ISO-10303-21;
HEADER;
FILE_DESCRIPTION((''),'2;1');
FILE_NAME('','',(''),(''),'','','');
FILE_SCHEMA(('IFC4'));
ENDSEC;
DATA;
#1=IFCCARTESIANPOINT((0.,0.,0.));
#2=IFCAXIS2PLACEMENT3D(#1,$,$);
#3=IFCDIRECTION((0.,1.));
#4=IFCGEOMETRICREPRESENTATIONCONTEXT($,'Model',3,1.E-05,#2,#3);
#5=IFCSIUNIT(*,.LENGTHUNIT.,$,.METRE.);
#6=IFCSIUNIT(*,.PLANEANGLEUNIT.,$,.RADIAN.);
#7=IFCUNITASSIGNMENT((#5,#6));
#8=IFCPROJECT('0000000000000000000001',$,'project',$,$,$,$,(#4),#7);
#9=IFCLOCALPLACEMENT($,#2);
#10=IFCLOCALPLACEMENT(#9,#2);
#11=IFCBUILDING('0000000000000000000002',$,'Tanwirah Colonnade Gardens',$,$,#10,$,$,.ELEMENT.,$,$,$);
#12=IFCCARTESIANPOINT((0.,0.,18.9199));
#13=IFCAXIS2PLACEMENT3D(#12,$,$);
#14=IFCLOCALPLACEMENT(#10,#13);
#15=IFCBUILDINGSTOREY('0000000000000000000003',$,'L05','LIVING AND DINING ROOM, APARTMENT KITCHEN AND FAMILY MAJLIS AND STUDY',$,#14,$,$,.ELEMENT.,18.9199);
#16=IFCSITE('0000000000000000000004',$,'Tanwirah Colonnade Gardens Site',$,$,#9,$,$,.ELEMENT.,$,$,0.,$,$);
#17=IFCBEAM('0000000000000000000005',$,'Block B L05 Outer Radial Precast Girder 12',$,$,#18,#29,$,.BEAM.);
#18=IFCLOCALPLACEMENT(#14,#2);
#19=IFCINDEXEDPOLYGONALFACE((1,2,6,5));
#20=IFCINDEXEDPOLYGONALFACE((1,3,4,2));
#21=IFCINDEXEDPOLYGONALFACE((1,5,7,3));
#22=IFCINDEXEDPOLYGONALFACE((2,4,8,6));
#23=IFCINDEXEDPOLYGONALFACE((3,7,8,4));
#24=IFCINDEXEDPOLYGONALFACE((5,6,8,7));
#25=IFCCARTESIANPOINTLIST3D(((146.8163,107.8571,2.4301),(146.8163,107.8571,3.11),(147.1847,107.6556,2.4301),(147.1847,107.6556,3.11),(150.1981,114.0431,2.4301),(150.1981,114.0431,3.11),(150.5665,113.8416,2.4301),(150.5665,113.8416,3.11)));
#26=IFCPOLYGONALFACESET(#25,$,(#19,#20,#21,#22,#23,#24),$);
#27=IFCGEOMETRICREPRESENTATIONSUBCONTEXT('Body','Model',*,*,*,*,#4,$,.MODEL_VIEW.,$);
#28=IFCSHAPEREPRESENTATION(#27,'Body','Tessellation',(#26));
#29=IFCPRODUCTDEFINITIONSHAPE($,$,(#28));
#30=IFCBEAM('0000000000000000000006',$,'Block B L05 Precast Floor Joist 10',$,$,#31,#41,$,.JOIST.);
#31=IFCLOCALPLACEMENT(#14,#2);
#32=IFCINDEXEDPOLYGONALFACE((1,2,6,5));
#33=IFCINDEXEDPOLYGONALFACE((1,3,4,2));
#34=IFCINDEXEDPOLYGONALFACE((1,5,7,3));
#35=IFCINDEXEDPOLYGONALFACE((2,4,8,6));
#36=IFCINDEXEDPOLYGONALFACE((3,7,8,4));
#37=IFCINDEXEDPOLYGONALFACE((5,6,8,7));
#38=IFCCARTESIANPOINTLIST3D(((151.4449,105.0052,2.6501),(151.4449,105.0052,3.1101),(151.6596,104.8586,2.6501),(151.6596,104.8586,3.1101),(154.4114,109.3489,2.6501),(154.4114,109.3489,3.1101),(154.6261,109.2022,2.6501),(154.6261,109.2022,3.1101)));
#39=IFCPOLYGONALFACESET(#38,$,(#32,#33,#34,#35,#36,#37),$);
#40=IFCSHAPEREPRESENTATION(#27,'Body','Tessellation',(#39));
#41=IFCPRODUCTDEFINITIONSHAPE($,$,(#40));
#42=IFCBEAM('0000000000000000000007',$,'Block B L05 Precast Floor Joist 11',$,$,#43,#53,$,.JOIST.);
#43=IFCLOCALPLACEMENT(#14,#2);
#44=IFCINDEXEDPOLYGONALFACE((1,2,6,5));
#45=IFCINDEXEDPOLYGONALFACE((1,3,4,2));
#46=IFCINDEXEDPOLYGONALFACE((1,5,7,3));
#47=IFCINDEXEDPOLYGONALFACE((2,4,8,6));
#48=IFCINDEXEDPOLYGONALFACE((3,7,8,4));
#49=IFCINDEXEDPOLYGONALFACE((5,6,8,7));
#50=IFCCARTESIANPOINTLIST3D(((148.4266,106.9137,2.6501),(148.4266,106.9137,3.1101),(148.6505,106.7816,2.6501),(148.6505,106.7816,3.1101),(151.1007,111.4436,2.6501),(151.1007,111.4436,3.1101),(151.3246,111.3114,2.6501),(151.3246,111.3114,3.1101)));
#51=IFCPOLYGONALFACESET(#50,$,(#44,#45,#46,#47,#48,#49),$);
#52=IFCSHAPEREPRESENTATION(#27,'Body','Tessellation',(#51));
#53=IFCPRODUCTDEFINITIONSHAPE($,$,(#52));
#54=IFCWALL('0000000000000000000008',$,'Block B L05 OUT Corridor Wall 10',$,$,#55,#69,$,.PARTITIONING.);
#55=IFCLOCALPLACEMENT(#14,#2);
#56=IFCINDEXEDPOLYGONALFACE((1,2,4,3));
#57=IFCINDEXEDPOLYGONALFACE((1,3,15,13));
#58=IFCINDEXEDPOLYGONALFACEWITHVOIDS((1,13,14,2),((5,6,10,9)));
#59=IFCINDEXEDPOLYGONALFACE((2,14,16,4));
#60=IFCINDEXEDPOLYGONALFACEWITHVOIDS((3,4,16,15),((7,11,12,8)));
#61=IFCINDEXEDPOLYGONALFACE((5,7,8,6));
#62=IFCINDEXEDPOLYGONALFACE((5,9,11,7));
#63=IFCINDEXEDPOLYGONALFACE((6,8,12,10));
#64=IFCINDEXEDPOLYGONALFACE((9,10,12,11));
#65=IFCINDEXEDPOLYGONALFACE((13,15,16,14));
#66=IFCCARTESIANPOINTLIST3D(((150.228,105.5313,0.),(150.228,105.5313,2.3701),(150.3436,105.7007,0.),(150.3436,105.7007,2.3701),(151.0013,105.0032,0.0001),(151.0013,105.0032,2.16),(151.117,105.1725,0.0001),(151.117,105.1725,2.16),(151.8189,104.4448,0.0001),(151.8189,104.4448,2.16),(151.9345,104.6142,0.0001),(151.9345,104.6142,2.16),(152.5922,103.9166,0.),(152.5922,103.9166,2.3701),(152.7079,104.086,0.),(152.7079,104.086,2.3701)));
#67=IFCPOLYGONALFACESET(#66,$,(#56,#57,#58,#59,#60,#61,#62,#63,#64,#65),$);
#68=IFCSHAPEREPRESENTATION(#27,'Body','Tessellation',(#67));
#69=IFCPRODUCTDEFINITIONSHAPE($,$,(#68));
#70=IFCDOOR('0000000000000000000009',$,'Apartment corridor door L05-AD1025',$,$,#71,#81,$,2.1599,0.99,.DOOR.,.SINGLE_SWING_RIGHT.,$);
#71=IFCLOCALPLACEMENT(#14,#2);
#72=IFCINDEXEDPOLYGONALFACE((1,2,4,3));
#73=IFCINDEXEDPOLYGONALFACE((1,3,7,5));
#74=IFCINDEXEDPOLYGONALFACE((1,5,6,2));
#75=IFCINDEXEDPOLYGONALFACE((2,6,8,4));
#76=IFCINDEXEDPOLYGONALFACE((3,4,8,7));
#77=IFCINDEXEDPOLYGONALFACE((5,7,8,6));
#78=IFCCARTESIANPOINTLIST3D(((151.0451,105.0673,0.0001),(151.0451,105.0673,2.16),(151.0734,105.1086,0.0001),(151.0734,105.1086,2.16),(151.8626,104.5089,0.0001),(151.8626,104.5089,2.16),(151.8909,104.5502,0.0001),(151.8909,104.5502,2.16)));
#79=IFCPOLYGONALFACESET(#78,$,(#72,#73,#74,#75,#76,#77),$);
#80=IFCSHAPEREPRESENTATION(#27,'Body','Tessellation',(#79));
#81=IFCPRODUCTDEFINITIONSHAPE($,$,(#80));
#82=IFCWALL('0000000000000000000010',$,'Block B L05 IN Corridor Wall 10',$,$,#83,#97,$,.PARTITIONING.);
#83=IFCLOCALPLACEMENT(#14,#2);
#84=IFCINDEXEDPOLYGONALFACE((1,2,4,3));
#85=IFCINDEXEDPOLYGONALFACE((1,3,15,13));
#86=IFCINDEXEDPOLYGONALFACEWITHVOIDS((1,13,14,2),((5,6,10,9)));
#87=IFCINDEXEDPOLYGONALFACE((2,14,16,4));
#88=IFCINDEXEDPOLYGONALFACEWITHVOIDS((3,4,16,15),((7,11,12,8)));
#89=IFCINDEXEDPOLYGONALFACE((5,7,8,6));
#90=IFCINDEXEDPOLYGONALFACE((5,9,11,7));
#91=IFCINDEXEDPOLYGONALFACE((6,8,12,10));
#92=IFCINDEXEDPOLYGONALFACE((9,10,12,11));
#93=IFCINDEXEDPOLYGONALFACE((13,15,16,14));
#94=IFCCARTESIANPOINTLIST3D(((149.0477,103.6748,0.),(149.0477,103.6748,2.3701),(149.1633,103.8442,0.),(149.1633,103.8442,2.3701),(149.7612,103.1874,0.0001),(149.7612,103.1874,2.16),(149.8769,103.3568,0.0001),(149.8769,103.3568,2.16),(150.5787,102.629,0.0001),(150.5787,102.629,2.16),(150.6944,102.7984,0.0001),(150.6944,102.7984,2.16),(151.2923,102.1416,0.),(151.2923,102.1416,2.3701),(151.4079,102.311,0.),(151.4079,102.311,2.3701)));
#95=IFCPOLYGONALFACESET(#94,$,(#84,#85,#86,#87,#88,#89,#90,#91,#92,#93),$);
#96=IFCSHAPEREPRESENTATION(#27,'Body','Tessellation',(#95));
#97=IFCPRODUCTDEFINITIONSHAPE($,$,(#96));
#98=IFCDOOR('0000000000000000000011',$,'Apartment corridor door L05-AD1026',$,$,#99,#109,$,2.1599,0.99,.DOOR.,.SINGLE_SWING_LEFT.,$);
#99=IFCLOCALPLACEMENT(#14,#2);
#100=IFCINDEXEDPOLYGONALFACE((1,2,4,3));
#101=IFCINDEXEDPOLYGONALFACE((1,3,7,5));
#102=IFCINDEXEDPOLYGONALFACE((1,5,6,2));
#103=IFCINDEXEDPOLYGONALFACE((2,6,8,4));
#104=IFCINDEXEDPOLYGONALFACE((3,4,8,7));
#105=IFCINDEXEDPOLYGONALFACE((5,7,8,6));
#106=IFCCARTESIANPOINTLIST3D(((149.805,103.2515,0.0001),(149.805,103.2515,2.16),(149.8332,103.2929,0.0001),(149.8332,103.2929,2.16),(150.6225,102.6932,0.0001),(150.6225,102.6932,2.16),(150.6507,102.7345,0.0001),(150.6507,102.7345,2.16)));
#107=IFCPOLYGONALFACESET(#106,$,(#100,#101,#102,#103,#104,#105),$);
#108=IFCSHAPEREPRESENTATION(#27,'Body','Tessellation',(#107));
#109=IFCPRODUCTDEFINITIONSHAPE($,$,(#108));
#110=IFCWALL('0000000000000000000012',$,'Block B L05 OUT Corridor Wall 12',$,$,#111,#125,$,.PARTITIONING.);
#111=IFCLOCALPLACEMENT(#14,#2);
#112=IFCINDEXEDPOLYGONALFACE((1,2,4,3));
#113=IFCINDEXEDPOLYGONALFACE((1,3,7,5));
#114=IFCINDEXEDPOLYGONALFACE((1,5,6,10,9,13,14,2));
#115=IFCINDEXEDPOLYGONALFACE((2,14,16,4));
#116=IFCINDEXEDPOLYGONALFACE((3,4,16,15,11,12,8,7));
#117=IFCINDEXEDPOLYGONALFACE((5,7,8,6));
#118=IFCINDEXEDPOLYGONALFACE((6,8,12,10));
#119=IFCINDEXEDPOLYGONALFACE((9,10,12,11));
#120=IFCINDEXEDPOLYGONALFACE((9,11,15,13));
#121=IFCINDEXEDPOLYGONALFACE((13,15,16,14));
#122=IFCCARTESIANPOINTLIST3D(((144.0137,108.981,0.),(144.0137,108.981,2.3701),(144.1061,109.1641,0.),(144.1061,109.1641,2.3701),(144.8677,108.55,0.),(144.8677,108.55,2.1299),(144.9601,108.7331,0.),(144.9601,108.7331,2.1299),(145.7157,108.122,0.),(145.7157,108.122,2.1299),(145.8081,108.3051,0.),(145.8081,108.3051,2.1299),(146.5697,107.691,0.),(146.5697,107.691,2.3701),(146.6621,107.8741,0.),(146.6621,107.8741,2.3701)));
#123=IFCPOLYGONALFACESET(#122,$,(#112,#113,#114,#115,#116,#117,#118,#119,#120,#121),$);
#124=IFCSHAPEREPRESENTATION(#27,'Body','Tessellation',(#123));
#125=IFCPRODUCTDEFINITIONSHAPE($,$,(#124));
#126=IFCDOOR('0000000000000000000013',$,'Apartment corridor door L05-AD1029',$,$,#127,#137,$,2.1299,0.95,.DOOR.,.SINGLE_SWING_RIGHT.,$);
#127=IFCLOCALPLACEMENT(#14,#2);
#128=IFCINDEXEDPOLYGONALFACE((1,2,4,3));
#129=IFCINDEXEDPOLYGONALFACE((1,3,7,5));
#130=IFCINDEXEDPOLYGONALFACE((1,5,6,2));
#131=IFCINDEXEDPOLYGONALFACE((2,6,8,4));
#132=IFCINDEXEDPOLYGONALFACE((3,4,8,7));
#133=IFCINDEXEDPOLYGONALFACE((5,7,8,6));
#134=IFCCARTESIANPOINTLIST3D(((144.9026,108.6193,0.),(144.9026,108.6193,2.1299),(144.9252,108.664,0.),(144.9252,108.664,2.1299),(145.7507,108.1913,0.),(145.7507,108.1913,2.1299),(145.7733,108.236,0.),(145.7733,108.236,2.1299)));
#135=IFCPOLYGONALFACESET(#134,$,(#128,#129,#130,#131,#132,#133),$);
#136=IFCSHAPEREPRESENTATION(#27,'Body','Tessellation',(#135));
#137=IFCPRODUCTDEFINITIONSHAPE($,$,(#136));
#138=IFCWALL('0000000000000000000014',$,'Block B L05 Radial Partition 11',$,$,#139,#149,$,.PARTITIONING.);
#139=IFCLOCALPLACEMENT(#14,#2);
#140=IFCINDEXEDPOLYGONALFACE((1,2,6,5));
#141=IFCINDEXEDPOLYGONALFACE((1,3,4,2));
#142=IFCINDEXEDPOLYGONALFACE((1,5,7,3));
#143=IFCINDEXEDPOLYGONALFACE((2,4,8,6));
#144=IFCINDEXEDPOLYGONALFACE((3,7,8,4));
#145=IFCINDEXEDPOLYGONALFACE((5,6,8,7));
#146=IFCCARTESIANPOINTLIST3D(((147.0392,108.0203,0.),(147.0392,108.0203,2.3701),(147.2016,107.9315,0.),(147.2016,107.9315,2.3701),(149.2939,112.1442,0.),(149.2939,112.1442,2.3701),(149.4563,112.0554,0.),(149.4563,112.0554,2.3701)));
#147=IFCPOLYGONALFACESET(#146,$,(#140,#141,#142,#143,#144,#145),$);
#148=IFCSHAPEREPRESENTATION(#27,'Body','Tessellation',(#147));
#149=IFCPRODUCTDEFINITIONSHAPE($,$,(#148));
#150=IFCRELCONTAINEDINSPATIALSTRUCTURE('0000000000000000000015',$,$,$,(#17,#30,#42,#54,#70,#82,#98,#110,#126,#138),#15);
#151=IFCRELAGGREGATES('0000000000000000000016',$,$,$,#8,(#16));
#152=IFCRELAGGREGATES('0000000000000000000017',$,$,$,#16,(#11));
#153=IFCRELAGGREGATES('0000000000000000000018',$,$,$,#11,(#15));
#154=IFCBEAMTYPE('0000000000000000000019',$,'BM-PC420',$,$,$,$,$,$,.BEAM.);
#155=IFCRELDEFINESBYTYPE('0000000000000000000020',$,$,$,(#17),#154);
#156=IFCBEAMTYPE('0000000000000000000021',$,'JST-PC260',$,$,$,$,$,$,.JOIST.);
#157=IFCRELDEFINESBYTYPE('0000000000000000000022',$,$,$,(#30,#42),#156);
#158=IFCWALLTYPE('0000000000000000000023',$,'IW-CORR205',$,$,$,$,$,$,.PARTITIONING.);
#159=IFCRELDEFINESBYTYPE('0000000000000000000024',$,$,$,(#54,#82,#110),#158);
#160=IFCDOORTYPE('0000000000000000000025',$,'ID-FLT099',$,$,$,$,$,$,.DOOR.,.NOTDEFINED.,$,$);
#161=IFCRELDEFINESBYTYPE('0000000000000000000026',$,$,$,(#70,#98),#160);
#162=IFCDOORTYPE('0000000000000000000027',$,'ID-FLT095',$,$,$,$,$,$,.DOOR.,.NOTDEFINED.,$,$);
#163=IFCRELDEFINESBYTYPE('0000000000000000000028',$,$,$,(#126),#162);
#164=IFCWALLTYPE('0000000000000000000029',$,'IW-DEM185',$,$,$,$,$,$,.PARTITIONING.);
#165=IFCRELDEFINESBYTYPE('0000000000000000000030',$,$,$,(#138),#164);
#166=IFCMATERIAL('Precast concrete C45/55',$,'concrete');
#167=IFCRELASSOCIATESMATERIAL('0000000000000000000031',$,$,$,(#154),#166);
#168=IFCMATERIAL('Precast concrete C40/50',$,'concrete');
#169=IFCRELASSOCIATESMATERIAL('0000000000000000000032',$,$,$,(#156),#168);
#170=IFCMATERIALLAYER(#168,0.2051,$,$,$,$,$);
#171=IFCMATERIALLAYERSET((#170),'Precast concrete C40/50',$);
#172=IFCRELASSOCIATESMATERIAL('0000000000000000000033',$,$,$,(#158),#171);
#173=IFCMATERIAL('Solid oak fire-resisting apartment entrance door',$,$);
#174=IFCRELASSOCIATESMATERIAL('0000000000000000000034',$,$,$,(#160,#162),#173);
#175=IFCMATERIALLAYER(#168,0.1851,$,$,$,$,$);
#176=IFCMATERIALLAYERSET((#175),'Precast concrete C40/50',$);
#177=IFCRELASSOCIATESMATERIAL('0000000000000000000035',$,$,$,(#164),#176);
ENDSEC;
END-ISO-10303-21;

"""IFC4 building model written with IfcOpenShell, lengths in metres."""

from ifc_helpers import new_model, si_unit, direction, frame, frame_2d, origin, origin_2d, place, context, subcontext, project, spatial, rectangle, extrude, material, layer, layer_set, material_profile, profile_set, type_object, element, fill, save


model = new_model("IFC4")

# Units and contexts
model_context = context("Model", 3, precision=1e-05, world=origin(), true_north=direction((0.0, 1.0)))
body_context = subcontext(model_context, "Body", "Model", "MODEL_VIEW")
ifc_project = project(units=[si_unit("LENGTHUNIT", "METRE"), si_unit("PLANEANGLEUNIT", "RADIAN")], contexts=[model_context])

# Site, building, storey
site_placement = place(None, origin())
site = spatial("IfcSite", under=ifc_project, at=site_placement, Name="Tanwirah Colonnade Gardens Site", CompositionType="ELEMENT", RefElevation=0.0)
building_placement = place(site_placement, origin())
building = spatial("IfcBuilding", under=site, at=building_placement, Name="Tanwirah Colonnade Gardens", CompositionType="ELEMENT")
storey_placement = place(building_placement, frame((0.0, 0.0, 18.9199)))
storey = spatial("IfcBuildingStorey", under=building, at=storey_placement, Name="L05", Description="LIVING AND DINING ROOM, APARTMENT KITCHEN AND FAMILY MAJLIS AND STUDY", CompositionType="ELEMENT", Elevation=18.9199)

# Shared definitions
ifc_material_1 = material(Name="Precast concrete C45/55", Category="concrete")

# Beams
ifc_material_2 = material(Name="Precast concrete C40/50", Category="concrete")
ifc_material_profile_1 = material_profile(ifc_material_1, rectangle(XDim=0.4199, YDim=0.6799, at=origin_2d()), Name="PC-BM 420x680")
ifc_profile_set_1 = profile_set([ifc_material_profile_1], Name="Precast concrete C45/55")
beam_type_1 = type_object("IfcBeamType", Name="BM-PC420", PredefinedType="BEAM", material=ifc_profile_set_1)
for number, where, z_axis, x_axis, name in (
    (1, (147.0005, 107.7563, 2.77), (0.479687, 0.87744, 0.0), (-0.87744, 0.479687, 0.0), "Block B L05 Outer Radial Precast Girder 12"),
):
    element("IfcBeam", number, at=place(storey_placement, frame(where, z_axis=z_axis, x_axis=x_axis)), inside=storey, type_object=beam_type_1, Name=name, PredefinedType="BEAM", context=body_context, shape_type="SweptSolid", body=[
        extrude(rectangle(XDim=0.4199, YDim=0.6799, at=origin_2d()), origin(), (0.0, 0.0, 1.0), 7.05),
    ])
ifc_material_profile_2 = material_profile(ifc_material_2, rectangle(XDim=0.26, YDim=0.46, at=origin_2d()), Name="PC-JST 260x460")
ifc_profile_set_2 = profile_set([ifc_material_profile_2], Name="Precast concrete C40/50")
beam_type_2 = type_object("IfcBeamType", Name="JST-PC260", PredefinedType="JOIST", material=ifc_profile_set_2)
beam_1_placement = place(storey_placement, frame((151.5522, 104.9319, 2.8801), z_axis=(0.563973, 0.825793, 0.0), x_axis=(-0.825793, 0.563973, 0.0)))
element("IfcBeam", 2, at=beam_1_placement, inside=storey, type_object=beam_type_2, Name="Block B L05 Precast Floor Joist 10", PredefinedType="JOIST", context=body_context, shape_type="SweptSolid", body=[
    extrude(rectangle(XDim=0.26, YDim=0.46, at=origin_2d()), origin(), (0.0, 0.0, 1.0), 5.26),
])
beam_2_placement = place(storey_placement, frame((148.5386, 106.8477, 2.8801), z_axis=(0.50836, 0.861145, 0.0), x_axis=(-0.861145, 0.50836, 0.0)))
element("IfcBeam", 3, at=beam_2_placement, inside=storey, type_object=beam_type_2, Name="Block B L05 Precast Floor Joist 11", PredefinedType="JOIST", context=body_context, shape_type="SweptSolid", body=[
    extrude(rectangle(XDim=0.26, YDim=0.46, at=origin_2d()), origin(), (0.0, 0.0, 1.0), 5.2603),
])

# Walls, openings, doors
ifc_layer_1 = layer(ifc_material_2, 0.2051)
ifc_layer_set_1 = layer_set([ifc_layer_1], Name="Precast concrete C40/50")
wall_type_1 = type_object("IfcWallType", Name="IW-CORR205", PredefinedType="PARTITIONING", material=ifc_layer_set_1)
wall_1_placement = place(storey_placement, frame((152.6501, 104.0012, 0.0), z_axis=(0.0, 0.0, 1.0), x_axis=(-0.82578, 0.563993, 0.0)))
wall_1 = element("IfcWall", 4, at=wall_1_placement, inside=storey, type_object=wall_type_1, Name="Block B L05 OUT Corridor Wall 10", PredefinedType="PARTITIONING", context=body_context, shape_type="SweptSolid", body=[
    extrude(rectangle(XDim=2.863, YDim=0.2051, at=frame_2d((1.4316, 0.0))), origin(), (0.0, 0.0, 1.0), 2.3701),
])
opening_1_placement = place(wall_1_placement, frame((0.9365, 0.0, 0.0)))
opening_1 = element("IfcOpeningElement", 5, at=opening_1_placement, cuts=wall_1, PredefinedType="OPENING", context=body_context, shape_type="SweptSolid", body=[
    extrude(rectangle(XDim=0.99, YDim=2.1599, at=frame_2d((0.4951, 1.0801))), frame((0.0, 0.1125, 0.0), z_axis=(0.0, -1.0, 0.0), x_axis=(1.0, 0.0, 0.0)), (0.0, 0.0, 1.0), 0.2251),
])
ifc_material_3 = material(Name="Solid oak fire-resisting apartment entrance door")
door_type_1 = type_object("IfcDoorType", Name="ID-FLT099", OperationType="NOTDEFINED", PredefinedType="DOOR", material=ifc_material_3)
door_1_placement = place(opening_1_placement, origin())
door_1 = element("IfcDoor", 6, at=door_1_placement, inside=storey, type_object=door_type_1, Name="Apartment corridor door L05-AD1025", OperationType="SINGLE_SWING_RIGHT", OverallHeight=2.1599, OverallWidth=0.99, PredefinedType="DOOR", context=body_context, shape_type="SweptSolid", body=[
    extrude(rectangle(XDim=0.99, YDim=2.1599, at=frame_2d((0.4951, 1.0801))), frame((0.0, 0.0249, 0.0), z_axis=(0.0, -1.0, 0.0), x_axis=(1.0, 0.0, 0.0)), (0.0, 0.0, 1.0), 0.05),
])
fill(opening_1, door_1)
wall_2_placement = place(storey_placement, frame((151.3501, 102.2263, 0.0), z_axis=(0.0, 0.0, 1.0), x_axis=(-0.825752, 0.564033, 0.0)))
wall_2 = element("IfcWall", 7, at=wall_2_placement, inside=storey, type_object=wall_type_1, Name="Block B L05 IN Corridor Wall 10", PredefinedType="PARTITIONING", context=body_context, shape_type="SweptSolid", body=[
    extrude(rectangle(XDim=2.7183, YDim=0.2051, at=frame_2d((1.3591, 0.0))), origin(), (0.0, 0.0, 1.0), 2.3701),
])
opening_2_placement = place(wall_2_placement, frame((0.864, 0.0, 0.0)))
opening_2 = element("IfcOpeningElement", 8, at=opening_2_placement, cuts=wall_2, PredefinedType="OPENING", context=body_context, shape_type="SweptSolid", body=[
    extrude(rectangle(XDim=0.99, YDim=2.1599, at=frame_2d((0.4951, 1.0801))), frame((0.0, 0.1125, 0.0), z_axis=(0.0, -1.0, 0.0), x_axis=(1.0, 0.0, 0.0)), (0.0, 0.0, 1.0), 0.2251),
])
door_2_placement = place(opening_2_placement, origin())
door_2 = element("IfcDoor", 9, at=door_2_placement, inside=storey, type_object=door_type_1, Name="Apartment corridor door L05-AD1026", OperationType="SINGLE_SWING_LEFT", OverallHeight=2.1599, OverallWidth=0.99, PredefinedType="DOOR", context=body_context, shape_type="SweptSolid", body=[
    extrude(rectangle(XDim=0.99, YDim=2.1599, at=frame_2d((0.4951, 1.0801))), frame((0.0, 0.0249, 0.0), z_axis=(0.0, -1.0, 0.0), x_axis=(1.0, 0.0, 0.0)), (0.0, 0.0, 1.0), 0.05),
])
fill(opening_2, door_2)
wall_3_placement = place(storey_placement, frame((146.616, 107.7825, 0.0), z_axis=(0.0, 0.0, 1.0), x_axis=(-0.892732, 0.450587, 0.0)))
wall_3 = element("IfcWall", 10, at=wall_3_placement, inside=storey, type_object=wall_type_1, Name="Block B L05 OUT Corridor Wall 12", PredefinedType="PARTITIONING", context=body_context, shape_type="SweptSolid", body=[
    extrude(rectangle(XDim=2.863, YDim=0.2051, at=frame_2d((1.4316, 0.0))), origin(), (0.0, 0.0, 1.0), 2.3701),
])
opening_3_placement = place(wall_3_placement, frame((0.9565, 0.0, 0.0)))
opening_3 = element("IfcOpeningElement", 11, at=opening_3_placement, cuts=wall_3, PredefinedType="OPENING", context=body_context, shape_type="SweptSolid", body=[
    extrude(rectangle(XDim=0.95, YDim=2.1299, at=frame_2d((0.4751, 1.0649))), frame((0.0, 0.1125, 0.0), z_axis=(0.0, -1.0, 0.0), x_axis=(1.0, 0.0, 0.0)), (0.0, 0.0, 1.0), 0.2251),
])
door_type_2 = type_object("IfcDoorType", Name="ID-FLT095", OperationType="NOTDEFINED", PredefinedType="DOOR", material=ifc_material_3)
door_3_placement = place(opening_3_placement, origin())
door_3 = element("IfcDoor", 12, at=door_3_placement, inside=storey, type_object=door_type_2, Name="Apartment corridor door L05-AD1029", OperationType="SINGLE_SWING_RIGHT", OverallHeight=2.1299, OverallWidth=0.95, PredefinedType="DOOR", context=body_context, shape_type="SweptSolid", body=[
    extrude(rectangle(XDim=0.95, YDim=2.1299, at=frame_2d((0.4751, 1.0649))), frame((0.0, 0.0249, 0.0), z_axis=(0.0, -1.0, 0.0), x_axis=(1.0, 0.0, 0.0)), (0.0, 0.0, 1.0), 0.05),
])
fill(opening_3, door_3)

# Wall
ifc_layer_2 = layer(ifc_material_2, 0.1851)
ifc_layer_set_2 = layer_set([ifc_layer_2], Name="Precast concrete C40/50")
wall_type_2 = type_object("IfcWallType", Name="IW-DEM185", PredefinedType="PARTITIONING", material=ifc_layer_set_2)
wall_4_placement = place(storey_placement, frame((147.1204, 107.9758, 0.0), z_axis=(0.0, 0.0, 1.0), x_axis=(0.479722, 0.877421, 0.0)))
element("IfcWall", 13, at=wall_4_placement, inside=storey, type_object=wall_type_2, Name="Block B L05 Radial Partition 11", PredefinedType="PARTITIONING", context=body_context, shape_type="SweptSolid", body=[
    extrude(rectangle(XDim=4.7, YDim=0.1851, at=frame_2d((2.3501, 0.0))), origin(), (0.0, 0.0, 1.0), 2.3701),
])

save(model, "model.ifc")
